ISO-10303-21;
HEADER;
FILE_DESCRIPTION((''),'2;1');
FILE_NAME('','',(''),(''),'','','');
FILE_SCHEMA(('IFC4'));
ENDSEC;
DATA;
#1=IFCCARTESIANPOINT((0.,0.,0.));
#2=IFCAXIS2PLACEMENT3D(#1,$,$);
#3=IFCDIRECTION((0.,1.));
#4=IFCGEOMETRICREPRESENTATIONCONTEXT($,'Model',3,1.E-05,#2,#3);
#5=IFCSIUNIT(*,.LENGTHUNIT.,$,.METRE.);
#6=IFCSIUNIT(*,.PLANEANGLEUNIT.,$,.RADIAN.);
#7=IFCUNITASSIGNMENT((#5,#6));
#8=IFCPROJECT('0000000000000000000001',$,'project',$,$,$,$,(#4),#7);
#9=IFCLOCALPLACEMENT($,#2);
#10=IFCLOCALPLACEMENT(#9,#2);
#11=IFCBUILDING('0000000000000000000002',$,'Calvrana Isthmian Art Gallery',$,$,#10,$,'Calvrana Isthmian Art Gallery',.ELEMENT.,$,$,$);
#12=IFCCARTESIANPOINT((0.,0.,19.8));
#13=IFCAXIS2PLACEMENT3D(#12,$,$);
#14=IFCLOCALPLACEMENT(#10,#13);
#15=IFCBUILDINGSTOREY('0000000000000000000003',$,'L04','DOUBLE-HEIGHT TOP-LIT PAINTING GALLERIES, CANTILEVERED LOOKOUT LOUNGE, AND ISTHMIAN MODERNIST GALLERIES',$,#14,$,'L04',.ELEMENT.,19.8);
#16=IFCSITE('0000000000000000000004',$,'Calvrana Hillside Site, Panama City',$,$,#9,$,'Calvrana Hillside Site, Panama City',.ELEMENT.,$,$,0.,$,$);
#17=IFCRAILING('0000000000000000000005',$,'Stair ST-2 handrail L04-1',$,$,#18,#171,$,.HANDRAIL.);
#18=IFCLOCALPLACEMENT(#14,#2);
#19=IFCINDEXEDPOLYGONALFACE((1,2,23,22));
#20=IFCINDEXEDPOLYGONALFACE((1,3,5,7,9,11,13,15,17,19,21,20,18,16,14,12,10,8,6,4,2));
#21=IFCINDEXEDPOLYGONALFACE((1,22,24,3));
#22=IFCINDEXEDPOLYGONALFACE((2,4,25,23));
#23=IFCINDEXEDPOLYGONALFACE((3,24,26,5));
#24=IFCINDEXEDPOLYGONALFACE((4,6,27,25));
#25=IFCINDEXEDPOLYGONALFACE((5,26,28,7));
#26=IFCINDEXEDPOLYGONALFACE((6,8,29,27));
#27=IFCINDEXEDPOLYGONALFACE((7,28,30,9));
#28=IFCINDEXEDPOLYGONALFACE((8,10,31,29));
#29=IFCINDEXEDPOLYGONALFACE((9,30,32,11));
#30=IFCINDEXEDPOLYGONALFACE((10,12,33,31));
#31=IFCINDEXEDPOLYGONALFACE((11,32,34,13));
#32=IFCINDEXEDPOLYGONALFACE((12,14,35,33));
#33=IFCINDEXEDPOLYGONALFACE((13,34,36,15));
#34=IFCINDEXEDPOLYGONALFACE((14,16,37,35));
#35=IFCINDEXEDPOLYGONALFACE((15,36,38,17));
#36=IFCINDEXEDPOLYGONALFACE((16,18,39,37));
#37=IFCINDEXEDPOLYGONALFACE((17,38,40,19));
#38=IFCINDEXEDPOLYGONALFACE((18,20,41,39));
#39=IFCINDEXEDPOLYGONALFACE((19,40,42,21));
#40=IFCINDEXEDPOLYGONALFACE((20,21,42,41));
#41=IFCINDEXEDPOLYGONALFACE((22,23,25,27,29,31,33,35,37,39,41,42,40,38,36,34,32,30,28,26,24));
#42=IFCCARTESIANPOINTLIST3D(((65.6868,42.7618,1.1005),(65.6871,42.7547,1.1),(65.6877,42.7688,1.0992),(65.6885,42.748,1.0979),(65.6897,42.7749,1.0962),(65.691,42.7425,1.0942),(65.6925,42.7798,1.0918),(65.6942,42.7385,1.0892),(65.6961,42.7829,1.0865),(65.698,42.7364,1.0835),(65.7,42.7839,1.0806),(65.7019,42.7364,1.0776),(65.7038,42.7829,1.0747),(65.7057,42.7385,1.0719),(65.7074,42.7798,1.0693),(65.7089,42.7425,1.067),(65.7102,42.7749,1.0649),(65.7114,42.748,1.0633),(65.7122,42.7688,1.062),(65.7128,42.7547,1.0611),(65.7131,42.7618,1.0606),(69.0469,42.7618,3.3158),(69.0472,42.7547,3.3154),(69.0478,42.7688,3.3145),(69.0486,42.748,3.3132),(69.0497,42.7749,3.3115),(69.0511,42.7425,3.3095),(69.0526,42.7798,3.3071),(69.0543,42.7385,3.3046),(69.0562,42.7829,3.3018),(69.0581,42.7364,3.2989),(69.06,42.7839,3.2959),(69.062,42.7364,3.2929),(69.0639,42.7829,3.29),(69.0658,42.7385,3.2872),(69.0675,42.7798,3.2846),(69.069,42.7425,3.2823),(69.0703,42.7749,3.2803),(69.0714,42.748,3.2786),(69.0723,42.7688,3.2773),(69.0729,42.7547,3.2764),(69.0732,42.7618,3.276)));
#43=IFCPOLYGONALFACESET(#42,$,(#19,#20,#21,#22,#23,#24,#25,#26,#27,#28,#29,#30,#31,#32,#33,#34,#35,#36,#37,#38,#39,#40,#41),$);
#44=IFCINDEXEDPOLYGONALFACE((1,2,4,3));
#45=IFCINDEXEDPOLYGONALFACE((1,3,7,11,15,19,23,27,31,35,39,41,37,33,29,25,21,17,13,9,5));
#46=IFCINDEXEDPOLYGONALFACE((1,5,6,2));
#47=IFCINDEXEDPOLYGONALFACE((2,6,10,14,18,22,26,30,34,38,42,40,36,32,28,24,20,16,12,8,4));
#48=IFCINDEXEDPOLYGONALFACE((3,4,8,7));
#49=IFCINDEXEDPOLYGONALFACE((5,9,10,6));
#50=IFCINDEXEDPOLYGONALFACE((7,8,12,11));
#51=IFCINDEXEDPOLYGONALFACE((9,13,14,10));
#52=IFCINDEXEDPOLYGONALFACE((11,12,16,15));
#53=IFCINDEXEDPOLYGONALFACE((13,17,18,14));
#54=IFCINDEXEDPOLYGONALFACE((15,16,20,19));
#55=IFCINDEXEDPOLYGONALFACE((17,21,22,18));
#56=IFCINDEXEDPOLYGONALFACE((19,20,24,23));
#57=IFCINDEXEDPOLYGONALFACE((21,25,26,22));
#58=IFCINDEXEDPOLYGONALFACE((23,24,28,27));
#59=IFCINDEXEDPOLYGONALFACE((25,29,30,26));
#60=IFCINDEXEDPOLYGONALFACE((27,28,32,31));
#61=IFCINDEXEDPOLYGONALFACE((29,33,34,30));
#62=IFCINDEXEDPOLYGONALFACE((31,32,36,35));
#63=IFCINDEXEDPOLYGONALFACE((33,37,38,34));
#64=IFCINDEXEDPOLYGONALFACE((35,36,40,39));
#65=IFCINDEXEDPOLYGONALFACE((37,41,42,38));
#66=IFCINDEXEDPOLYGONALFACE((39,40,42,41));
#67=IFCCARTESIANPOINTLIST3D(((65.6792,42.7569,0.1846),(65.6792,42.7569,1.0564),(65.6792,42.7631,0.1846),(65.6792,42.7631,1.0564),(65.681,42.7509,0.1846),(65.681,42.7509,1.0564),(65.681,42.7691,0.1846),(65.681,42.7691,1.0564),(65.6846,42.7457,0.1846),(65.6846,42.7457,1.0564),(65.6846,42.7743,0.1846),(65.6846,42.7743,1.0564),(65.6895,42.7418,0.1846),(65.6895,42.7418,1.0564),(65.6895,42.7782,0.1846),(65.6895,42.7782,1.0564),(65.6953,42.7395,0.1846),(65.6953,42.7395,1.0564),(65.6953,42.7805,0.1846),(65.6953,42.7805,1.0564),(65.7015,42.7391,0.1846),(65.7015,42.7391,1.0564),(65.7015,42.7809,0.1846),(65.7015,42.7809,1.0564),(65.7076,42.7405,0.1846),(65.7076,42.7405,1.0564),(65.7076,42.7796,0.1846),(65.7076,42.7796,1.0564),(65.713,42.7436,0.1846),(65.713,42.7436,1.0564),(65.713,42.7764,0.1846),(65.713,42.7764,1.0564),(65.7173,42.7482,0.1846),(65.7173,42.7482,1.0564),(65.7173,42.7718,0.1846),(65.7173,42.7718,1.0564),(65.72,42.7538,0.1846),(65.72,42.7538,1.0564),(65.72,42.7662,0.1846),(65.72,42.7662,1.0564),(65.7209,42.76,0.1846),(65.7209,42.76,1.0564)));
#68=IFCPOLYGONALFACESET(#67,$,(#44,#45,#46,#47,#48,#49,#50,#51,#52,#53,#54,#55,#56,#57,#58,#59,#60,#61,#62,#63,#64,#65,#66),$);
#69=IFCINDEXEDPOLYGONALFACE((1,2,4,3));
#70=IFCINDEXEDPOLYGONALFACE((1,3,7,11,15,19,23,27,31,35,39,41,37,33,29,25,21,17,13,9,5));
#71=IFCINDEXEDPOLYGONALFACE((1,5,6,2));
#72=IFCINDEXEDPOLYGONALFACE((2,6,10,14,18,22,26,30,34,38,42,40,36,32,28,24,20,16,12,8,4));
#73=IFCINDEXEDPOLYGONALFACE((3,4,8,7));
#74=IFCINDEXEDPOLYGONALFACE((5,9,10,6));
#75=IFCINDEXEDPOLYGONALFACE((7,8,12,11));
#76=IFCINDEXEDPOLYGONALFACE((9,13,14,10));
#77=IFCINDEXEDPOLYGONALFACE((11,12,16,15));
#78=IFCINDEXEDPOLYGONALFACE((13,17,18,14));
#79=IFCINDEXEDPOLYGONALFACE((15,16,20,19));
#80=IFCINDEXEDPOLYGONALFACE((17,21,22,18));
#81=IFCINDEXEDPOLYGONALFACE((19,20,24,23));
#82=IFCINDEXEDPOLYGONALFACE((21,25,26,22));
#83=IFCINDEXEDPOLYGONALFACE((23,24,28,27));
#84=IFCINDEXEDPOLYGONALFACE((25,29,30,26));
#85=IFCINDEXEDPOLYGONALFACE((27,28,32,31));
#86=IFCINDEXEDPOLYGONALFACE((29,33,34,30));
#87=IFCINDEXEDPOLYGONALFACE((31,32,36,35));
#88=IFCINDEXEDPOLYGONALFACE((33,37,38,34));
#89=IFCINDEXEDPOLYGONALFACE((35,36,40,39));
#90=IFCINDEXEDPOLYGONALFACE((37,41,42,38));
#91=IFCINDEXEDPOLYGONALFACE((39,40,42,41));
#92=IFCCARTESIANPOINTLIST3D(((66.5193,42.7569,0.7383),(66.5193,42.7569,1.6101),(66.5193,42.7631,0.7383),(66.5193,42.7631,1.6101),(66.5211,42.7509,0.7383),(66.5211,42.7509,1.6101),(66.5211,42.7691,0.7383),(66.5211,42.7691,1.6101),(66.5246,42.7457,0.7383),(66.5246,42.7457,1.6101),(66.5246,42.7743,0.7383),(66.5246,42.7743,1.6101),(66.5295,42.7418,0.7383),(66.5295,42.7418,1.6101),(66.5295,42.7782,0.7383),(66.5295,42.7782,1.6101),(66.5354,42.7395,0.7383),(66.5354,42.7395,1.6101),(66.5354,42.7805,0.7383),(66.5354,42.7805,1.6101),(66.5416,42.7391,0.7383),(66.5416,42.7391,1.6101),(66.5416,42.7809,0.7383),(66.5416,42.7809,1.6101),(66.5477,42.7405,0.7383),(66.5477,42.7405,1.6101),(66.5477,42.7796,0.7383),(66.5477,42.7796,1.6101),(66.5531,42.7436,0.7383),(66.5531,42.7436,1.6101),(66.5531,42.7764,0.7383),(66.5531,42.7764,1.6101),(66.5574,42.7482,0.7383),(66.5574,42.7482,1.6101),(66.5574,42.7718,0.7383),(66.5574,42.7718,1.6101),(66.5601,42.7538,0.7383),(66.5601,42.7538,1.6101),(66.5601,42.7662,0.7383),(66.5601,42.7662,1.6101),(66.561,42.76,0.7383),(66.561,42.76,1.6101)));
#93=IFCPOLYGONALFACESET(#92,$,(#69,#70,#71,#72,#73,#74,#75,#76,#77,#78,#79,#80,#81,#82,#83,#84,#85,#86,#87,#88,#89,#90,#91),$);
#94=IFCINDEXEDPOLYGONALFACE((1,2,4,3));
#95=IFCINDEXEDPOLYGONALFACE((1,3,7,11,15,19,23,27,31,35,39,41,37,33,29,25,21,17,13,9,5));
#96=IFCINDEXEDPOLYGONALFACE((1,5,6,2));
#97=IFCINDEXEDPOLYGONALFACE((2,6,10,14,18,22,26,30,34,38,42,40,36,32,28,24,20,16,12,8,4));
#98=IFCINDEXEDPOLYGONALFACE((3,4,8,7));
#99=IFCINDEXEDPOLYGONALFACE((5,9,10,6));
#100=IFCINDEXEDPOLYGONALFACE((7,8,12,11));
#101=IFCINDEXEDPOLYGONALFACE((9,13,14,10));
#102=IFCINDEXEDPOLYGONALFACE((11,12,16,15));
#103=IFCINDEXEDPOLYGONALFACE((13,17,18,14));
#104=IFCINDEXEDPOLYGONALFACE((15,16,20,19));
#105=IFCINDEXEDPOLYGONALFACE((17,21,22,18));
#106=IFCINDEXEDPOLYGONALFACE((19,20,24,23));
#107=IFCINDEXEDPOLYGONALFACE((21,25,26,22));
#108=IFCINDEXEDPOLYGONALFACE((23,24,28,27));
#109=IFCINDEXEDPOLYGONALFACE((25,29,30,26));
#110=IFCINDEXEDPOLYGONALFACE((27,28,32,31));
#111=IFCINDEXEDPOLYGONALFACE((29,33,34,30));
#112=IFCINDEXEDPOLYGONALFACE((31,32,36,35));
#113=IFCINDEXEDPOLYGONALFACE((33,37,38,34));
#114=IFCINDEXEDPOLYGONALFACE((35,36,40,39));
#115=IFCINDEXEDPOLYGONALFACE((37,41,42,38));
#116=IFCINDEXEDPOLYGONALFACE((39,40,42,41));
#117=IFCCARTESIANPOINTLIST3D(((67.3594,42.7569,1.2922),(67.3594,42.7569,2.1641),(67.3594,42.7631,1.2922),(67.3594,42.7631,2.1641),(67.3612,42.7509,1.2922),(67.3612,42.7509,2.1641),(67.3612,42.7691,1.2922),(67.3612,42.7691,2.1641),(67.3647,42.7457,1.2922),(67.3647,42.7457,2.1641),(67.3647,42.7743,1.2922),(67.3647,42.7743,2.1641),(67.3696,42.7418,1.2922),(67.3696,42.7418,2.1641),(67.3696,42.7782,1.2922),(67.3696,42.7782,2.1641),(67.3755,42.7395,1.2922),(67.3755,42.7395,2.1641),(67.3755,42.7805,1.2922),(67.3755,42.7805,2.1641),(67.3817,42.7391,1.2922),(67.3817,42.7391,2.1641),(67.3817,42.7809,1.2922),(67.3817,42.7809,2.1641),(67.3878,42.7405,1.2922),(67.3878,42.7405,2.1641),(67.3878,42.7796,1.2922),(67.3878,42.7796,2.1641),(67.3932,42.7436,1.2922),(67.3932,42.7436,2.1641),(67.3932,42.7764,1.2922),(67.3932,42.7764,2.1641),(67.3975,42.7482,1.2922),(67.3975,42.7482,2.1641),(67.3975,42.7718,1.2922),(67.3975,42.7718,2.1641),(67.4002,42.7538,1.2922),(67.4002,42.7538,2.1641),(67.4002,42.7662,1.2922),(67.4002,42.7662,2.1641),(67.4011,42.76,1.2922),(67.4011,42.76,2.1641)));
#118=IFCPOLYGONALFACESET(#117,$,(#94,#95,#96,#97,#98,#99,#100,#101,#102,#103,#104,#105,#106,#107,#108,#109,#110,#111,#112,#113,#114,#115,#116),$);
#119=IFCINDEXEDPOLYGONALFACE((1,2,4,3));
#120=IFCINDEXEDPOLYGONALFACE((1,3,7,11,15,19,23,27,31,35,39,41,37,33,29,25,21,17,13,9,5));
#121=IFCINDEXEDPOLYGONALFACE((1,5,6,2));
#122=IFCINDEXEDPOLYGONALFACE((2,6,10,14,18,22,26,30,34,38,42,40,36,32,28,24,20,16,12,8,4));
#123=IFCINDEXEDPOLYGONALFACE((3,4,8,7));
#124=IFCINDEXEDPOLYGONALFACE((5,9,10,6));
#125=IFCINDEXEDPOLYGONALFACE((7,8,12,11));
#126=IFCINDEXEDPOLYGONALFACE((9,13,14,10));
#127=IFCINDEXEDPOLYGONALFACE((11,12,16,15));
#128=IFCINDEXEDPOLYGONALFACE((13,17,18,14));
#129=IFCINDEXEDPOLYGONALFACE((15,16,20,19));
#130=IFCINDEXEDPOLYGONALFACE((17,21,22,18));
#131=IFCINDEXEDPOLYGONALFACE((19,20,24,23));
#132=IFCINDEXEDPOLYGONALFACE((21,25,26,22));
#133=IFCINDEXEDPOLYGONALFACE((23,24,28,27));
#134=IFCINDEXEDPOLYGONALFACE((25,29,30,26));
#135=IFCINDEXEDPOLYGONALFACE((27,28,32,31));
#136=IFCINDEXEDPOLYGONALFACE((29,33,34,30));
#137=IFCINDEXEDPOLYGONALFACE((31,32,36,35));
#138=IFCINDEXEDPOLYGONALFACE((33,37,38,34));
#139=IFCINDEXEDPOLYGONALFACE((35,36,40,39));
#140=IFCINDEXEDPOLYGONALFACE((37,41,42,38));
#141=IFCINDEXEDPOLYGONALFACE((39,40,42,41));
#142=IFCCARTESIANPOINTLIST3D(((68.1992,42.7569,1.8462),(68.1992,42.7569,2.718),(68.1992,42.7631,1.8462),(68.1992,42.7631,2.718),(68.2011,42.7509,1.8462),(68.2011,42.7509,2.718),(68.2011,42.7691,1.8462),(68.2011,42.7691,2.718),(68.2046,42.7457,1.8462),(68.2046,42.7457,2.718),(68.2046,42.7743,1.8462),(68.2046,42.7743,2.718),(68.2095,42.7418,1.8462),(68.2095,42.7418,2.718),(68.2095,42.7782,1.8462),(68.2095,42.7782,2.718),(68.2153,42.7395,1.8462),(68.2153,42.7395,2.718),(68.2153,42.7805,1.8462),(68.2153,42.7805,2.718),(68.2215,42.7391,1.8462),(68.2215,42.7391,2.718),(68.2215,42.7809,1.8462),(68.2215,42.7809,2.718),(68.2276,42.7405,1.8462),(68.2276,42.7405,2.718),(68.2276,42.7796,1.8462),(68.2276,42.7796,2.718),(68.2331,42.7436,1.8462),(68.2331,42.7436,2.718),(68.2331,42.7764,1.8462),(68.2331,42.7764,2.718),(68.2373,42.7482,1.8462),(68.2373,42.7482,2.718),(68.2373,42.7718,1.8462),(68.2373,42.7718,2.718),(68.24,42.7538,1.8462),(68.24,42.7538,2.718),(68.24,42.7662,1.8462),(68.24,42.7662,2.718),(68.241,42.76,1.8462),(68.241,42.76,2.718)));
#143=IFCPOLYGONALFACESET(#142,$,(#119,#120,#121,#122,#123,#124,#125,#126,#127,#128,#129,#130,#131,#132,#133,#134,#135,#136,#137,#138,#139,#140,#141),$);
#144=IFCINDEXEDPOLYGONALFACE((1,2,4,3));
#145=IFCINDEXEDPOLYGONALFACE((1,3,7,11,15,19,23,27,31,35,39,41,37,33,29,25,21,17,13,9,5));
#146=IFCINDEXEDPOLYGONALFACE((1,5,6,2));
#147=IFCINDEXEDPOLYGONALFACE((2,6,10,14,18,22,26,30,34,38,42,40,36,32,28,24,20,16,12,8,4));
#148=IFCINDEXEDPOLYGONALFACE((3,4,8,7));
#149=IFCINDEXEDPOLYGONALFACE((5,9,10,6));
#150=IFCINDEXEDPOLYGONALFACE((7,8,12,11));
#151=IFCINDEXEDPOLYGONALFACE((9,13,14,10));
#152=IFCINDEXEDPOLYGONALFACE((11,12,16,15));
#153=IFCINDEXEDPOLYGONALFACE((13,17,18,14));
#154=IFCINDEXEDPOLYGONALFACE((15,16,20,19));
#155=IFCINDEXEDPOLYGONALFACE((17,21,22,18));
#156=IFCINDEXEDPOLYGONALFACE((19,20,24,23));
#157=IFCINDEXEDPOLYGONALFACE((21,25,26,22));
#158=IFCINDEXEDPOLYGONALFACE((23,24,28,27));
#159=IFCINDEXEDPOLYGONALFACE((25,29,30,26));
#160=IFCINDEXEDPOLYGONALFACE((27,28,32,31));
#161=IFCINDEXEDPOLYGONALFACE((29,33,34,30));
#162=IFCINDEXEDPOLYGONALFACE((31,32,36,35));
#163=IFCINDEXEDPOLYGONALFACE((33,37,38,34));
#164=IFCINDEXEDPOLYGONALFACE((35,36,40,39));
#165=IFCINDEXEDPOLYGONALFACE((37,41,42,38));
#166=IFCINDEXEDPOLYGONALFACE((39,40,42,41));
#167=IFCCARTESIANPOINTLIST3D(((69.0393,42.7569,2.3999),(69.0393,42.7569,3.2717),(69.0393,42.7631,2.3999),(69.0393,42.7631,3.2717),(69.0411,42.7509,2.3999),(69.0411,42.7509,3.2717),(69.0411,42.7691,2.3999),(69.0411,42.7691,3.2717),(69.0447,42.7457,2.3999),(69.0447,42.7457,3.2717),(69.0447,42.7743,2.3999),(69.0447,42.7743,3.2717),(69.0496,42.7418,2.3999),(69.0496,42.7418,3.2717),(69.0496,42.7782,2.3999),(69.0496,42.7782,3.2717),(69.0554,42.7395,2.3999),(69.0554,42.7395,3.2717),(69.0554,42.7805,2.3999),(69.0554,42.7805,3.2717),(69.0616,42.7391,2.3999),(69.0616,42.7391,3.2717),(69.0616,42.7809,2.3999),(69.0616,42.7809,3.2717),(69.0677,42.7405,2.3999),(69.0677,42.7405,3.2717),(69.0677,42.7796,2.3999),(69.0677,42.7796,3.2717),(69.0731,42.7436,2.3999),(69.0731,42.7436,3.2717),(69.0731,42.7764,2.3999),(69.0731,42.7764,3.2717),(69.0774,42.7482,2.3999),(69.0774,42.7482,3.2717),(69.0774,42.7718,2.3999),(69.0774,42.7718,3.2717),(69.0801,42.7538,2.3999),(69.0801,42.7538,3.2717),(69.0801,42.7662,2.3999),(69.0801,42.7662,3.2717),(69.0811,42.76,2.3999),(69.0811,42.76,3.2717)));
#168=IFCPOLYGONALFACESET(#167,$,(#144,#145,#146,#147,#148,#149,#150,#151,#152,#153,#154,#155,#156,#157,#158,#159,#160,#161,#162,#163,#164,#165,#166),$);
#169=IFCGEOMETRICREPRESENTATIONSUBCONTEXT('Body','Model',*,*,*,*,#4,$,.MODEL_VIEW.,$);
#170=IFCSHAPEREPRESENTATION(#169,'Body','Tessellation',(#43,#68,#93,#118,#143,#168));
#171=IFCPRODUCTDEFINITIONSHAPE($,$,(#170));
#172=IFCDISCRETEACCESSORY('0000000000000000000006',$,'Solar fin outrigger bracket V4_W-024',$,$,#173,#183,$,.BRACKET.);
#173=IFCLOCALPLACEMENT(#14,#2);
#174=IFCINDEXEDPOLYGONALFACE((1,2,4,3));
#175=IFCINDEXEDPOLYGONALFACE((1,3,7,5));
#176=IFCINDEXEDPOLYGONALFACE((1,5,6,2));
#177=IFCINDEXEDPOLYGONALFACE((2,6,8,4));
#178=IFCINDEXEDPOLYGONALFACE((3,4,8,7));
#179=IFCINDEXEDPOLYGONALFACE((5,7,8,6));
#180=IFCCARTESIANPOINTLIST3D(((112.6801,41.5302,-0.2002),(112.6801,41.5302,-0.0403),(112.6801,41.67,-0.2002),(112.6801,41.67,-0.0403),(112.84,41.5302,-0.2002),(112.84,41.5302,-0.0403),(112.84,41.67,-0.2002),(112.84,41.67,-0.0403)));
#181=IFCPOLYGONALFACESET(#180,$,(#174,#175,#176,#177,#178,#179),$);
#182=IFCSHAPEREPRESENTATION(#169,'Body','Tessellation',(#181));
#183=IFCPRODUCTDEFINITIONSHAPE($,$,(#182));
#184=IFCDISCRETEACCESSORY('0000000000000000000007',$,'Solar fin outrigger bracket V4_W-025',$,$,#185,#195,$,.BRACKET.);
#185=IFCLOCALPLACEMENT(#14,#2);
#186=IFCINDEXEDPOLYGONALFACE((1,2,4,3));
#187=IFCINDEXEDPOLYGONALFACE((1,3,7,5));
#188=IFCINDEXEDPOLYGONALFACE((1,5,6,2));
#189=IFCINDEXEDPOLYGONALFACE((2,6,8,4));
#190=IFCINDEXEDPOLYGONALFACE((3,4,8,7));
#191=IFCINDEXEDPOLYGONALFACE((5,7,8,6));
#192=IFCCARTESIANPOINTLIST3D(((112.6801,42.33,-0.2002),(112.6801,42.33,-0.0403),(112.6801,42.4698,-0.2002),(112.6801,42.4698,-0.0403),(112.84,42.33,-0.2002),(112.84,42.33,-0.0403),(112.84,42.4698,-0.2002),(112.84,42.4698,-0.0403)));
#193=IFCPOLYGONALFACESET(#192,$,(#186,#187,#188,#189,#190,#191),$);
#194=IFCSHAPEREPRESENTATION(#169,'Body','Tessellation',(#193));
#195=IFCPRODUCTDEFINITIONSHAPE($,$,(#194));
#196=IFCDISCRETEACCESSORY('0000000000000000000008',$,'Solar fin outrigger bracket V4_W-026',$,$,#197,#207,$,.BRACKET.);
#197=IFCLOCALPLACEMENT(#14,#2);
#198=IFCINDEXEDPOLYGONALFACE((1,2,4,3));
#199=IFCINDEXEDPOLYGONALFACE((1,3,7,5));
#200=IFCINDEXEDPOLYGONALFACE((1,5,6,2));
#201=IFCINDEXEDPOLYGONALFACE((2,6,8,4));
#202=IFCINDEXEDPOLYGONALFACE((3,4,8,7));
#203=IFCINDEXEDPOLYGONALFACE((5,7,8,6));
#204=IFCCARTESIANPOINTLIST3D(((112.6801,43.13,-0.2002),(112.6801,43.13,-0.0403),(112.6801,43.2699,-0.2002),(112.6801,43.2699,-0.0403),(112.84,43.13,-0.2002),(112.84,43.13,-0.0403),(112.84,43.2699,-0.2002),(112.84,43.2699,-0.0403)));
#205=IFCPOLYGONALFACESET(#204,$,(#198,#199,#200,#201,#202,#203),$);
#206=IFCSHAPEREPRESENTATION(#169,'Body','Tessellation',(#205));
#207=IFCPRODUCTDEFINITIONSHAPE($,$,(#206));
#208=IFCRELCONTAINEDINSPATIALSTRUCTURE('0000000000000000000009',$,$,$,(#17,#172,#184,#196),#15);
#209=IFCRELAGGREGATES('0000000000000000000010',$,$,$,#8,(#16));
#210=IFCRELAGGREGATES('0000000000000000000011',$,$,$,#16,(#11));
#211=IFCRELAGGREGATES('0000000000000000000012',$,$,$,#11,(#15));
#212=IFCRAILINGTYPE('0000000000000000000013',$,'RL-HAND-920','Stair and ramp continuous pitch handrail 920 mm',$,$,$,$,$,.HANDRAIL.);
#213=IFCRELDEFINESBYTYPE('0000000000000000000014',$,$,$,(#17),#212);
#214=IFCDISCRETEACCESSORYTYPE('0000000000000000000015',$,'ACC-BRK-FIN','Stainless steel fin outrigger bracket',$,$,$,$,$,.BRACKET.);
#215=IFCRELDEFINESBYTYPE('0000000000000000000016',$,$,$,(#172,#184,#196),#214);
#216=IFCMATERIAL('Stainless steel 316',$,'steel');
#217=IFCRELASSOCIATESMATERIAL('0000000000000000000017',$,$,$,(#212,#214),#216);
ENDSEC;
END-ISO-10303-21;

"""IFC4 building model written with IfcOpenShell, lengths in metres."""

from ifc_helpers import new_model, si_unit, direction, frame, origin, origin_2d, place, context, subcontext, project, spatial, rectangle, circle, extrude, material, type_object, element, save


model = new_model("IFC4")

# Units and contexts
model_context = context("Model", 3, precision=1e-05, world=origin(), true_north=direction((0.0, 1.0)))
body_context = subcontext(model_context, "Body", "Model", "MODEL_VIEW")
ifc_project = project(units=[si_unit("LENGTHUNIT", "METRE"), si_unit("PLANEANGLEUNIT", "RADIAN")], contexts=[model_context])

# Site, building, storey
site_placement = place(None, origin())
site = spatial("IfcSite", under=ifc_project, at=site_placement, Name="Calvrana Hillside Site, Panama City", LongName="Calvrana Hillside Site, Panama City", CompositionType="ELEMENT", RefElevation=0.0)
building_placement = place(site_placement, origin())
building = spatial("IfcBuilding", under=site, at=building_placement, Name="Calvrana Isthmian Art Gallery", LongName="Calvrana Isthmian Art Gallery", CompositionType="ELEMENT")
storey_placement = place(building_placement, frame((0.0, 0.0, 19.8)))
storey = spatial("IfcBuildingStorey", under=building, at=storey_placement, Name="L04", Description="DOUBLE-HEIGHT TOP-LIT PAINTING GALLERIES, CANTILEVERED LOOKOUT LOUNGE, AND ISTHMIAN MODERNIST GALLERIES", LongName="L04", CompositionType="ELEMENT", Elevation=19.8)

# Railing
ifc_material_1 = material(Name="Stainless steel 316", Category="steel")
railing_type_1 = type_object("IfcRailingType", Name="RL-HAND-920", Description="Stair and ramp continuous pitch handrail 920 mm", PredefinedType="HANDRAIL", material=ifc_material_1)
railing_1_placement = place(storey_placement, frame((65.7, 42.76, 0.1846)))
element("IfcRailing", 1, at=railing_1_placement, inside=storey, type_object=railing_type_1, Name="Stair ST-2 handrail L04-1", PredefinedType="HANDRAIL", context=body_context, shape_type="SweptSolid", body=[
    extrude(circle(Radius=0.0239, at=origin_2d()), frame((0.0, 0.0, 0.896), z_axis=(0.834876, 0.0, 0.550437), x_axis=(0.0, 1.0, 0.0)), (0.0, 0.0, 1.0), 4.0247),
    extrude(circle(Radius=0.021, at=origin_2d()), origin(), (0.0, 0.0, 1.0), 0.8718),
    extrude(circle(Radius=0.021, at=origin_2d()), frame((0.8401, 0.0, 0.5537)), (0.0, 0.0, 1.0), 0.8718),
    extrude(circle(Radius=0.021, at=origin_2d()), frame((1.6802, 0.0, 1.1077)), (0.0, 0.0, 1.0), 0.8718),
    extrude(circle(Radius=0.021, at=origin_2d()), frame((2.52, 0.0, 1.6616)), (0.0, 0.0, 1.0), 0.8718),
    extrude(circle(Radius=0.021, at=origin_2d()), frame((3.3601, 0.0, 2.2153)), (0.0, 0.0, 1.0), 0.8718),
])

# Discrete accessories
discrete_accessory_type = type_object("IfcDiscreteAccessoryType", Name="ACC-BRK-FIN", Description="Stainless steel fin outrigger bracket", PredefinedType="BRACKET", material=ifc_material_1)
for number, where, z_axis, x_axis, name in (
    (2, (112.76, 41.6001, -0.2002), (0.0, 0.0, 1.0), (1.0, 0.0, 0.0), "Solar fin outrigger bracket V4_W-024"),
    (3, (112.76, 42.3999, -0.2002), (0.0, 0.0, 1.0), (1.0, 0.0, 0.0), "Solar fin outrigger bracket V4_W-025"),
    (4, (112.76, 43.2, -0.2002), (0.0, 0.0, 1.0), (1.0, 0.0, 0.0), "Solar fin outrigger bracket V4_W-026"),
):
    element("IfcDiscreteAccessory", number, at=place(storey_placement, frame(where, z_axis=z_axis, x_axis=x_axis)), inside=storey, type_object=discrete_accessory_type, Name=name, PredefinedType="BRACKET", context=body_context, shape_type="SweptSolid", body=[
        extrude(rectangle(XDim=0.1599, YDim=0.1399, at=origin_2d()), origin(), (0.0, 0.0, 1.0), 0.1599),
    ])

save(model, "model.ifc")
